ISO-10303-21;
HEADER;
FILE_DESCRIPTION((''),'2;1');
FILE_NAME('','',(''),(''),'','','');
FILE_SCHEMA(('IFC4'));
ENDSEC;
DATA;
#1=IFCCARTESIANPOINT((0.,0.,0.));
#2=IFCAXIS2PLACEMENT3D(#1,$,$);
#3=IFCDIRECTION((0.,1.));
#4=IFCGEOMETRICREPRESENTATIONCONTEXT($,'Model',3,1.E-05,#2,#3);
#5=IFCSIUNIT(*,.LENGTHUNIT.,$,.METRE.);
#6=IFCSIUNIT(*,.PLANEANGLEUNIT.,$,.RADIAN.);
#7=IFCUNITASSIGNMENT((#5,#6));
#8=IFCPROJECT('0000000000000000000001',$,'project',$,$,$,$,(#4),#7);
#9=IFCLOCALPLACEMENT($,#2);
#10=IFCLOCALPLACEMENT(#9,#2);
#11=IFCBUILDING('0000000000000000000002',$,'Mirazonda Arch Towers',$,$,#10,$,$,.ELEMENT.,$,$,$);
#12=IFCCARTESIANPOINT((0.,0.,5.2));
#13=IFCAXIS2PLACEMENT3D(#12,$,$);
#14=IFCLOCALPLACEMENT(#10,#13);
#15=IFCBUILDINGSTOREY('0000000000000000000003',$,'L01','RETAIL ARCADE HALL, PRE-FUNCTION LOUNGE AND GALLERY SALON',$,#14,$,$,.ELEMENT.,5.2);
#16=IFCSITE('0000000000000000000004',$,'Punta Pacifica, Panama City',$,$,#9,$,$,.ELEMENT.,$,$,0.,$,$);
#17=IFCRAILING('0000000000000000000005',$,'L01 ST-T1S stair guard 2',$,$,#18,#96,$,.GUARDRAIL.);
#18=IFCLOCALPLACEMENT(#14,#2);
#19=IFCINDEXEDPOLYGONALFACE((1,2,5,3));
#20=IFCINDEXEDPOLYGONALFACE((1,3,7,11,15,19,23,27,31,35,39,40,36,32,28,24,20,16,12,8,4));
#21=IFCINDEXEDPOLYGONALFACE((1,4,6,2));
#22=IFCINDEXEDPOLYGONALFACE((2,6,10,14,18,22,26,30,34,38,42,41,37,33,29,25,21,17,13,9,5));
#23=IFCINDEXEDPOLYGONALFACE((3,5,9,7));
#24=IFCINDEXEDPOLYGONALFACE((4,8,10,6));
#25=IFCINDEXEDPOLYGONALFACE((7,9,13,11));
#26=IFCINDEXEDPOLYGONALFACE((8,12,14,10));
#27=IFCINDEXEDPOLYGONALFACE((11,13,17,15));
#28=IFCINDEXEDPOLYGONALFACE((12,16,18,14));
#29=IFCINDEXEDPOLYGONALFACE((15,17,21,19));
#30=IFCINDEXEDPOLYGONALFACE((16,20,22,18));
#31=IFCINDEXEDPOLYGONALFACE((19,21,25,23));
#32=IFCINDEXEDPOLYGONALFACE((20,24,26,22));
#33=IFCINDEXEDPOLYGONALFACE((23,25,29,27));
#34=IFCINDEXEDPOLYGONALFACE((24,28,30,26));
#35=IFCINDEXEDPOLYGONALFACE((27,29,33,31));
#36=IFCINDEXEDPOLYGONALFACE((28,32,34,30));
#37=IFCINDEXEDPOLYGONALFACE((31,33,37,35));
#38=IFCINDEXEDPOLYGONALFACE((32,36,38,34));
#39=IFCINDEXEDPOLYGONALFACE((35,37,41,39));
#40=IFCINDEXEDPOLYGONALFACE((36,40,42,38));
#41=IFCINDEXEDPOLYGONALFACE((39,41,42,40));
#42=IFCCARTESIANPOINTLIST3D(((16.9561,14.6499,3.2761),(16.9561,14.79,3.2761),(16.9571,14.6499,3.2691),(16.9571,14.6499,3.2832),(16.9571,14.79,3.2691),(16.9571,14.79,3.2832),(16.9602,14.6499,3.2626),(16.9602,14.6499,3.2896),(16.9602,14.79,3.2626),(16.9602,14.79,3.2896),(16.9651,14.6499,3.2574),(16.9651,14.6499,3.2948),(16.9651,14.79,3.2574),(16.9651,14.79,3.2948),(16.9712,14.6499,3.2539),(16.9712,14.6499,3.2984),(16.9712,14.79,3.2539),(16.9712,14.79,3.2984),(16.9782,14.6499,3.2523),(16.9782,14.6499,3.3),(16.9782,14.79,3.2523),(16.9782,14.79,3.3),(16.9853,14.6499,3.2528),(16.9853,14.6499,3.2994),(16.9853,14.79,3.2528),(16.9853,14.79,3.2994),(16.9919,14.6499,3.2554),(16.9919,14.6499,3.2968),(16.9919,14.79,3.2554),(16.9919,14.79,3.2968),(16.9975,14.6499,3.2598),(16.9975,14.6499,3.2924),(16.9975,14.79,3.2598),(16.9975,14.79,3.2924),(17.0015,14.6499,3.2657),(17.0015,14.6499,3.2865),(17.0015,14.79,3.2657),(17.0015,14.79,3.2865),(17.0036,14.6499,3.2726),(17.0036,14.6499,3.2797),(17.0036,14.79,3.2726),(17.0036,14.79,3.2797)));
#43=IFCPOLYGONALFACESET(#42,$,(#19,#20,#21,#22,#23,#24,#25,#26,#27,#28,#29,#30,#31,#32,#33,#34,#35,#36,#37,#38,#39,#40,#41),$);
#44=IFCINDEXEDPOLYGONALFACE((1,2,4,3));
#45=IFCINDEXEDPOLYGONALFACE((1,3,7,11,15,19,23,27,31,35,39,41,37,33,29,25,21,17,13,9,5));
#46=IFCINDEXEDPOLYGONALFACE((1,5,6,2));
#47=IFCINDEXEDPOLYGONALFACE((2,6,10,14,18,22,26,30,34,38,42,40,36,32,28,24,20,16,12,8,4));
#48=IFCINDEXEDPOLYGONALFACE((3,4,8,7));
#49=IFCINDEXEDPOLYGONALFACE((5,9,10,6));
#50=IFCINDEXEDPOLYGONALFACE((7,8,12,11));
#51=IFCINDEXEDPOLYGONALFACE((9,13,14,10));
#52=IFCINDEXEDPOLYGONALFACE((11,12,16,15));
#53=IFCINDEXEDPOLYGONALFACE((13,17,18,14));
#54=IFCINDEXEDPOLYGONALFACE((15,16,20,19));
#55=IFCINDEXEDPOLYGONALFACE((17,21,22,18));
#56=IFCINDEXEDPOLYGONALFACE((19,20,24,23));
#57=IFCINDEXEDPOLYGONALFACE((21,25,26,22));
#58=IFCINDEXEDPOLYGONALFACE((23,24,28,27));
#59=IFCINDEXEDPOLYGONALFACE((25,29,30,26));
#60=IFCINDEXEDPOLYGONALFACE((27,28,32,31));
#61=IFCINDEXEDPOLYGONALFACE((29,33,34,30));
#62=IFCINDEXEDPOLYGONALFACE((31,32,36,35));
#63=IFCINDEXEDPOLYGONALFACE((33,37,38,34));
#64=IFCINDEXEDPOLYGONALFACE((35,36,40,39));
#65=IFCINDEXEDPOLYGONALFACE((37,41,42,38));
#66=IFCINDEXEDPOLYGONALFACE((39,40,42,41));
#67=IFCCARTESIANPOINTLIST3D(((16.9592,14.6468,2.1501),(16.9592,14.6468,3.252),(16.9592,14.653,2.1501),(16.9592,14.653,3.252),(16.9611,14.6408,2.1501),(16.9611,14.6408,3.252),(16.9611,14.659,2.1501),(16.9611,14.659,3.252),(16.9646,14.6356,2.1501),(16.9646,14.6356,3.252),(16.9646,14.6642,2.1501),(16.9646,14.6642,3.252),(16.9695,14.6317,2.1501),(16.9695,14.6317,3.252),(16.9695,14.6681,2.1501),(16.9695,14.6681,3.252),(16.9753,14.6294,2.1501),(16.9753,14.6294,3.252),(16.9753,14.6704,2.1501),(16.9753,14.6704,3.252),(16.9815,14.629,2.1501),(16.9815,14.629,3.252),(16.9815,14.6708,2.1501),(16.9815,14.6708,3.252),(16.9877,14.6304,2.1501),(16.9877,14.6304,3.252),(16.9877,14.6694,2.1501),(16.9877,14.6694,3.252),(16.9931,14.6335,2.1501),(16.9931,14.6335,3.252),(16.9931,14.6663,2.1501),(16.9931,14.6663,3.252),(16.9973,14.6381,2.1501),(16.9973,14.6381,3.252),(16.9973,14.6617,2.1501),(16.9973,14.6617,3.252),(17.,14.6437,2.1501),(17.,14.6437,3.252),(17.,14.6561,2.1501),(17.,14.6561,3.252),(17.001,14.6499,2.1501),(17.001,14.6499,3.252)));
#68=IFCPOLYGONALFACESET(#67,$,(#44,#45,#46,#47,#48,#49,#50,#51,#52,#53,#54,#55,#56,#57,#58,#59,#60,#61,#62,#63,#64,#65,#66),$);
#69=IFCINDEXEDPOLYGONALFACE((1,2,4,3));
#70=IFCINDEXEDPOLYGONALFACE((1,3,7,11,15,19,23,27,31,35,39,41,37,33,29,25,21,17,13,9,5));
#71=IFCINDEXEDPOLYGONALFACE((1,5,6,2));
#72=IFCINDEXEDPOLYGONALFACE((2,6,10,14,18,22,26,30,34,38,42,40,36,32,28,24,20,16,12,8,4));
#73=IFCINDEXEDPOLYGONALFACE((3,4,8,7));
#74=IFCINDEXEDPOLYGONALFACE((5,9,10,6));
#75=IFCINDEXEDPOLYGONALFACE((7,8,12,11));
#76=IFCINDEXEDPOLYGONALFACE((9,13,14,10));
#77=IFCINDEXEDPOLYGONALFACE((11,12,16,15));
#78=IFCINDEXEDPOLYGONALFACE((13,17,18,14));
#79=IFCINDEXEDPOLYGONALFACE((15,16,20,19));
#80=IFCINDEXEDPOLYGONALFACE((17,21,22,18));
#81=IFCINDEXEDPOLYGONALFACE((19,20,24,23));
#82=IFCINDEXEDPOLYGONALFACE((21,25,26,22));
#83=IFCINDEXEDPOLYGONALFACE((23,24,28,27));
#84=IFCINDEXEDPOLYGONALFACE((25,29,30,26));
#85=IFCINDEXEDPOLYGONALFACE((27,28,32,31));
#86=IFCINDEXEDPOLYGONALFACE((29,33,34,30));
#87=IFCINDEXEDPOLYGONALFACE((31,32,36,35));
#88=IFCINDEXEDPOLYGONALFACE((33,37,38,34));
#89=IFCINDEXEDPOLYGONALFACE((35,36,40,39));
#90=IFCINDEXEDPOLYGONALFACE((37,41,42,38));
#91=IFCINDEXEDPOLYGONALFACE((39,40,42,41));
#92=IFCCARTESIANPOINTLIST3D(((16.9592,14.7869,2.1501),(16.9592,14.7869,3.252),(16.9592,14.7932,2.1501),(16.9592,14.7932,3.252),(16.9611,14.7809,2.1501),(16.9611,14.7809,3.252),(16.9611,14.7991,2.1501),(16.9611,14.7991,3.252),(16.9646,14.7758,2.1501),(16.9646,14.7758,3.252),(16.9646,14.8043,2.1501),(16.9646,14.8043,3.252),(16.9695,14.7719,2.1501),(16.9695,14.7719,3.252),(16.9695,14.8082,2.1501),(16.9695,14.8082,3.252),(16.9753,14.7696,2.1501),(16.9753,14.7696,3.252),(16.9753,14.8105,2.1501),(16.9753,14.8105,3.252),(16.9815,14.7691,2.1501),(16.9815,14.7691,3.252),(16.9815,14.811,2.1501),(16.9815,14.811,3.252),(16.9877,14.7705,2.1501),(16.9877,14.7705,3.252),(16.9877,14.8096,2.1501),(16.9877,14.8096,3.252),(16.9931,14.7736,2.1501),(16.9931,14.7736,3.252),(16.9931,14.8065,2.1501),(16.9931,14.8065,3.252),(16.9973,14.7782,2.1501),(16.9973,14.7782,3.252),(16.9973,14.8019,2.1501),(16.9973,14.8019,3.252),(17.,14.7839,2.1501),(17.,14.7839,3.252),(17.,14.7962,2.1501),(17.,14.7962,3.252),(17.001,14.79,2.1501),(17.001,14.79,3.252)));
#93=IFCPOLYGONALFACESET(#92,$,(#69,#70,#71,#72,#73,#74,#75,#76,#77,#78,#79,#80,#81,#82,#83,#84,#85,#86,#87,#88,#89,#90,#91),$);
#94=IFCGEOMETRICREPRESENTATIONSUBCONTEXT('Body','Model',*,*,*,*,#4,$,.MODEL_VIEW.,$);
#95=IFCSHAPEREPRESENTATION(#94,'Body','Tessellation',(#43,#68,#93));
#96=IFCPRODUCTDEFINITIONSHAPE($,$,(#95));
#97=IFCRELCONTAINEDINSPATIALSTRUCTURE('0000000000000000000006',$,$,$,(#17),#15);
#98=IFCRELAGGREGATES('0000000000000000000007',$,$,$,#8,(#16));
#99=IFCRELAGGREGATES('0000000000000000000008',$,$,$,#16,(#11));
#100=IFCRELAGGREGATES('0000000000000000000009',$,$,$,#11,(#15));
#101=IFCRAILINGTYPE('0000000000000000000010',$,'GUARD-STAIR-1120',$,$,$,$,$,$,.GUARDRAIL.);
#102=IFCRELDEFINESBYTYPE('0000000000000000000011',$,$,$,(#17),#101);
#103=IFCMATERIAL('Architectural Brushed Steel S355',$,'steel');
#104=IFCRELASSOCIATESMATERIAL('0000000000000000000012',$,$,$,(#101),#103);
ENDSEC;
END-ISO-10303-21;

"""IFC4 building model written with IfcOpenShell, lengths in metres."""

from ifc_helpers import new_model, si_unit, direction, frame, origin, origin_2d, place, context, subcontext, project, spatial, circle, extrude, material, type_object, element, save


model = new_model("IFC4")

# Units and contexts
model_context = context("Model", 3, precision=1e-05, world=origin(), true_north=direction((0.0, 1.0)))
body_context = subcontext(model_context, "Body", "Model", "MODEL_VIEW")
ifc_project = project(units=[si_unit("LENGTHUNIT", "METRE"), si_unit("PLANEANGLEUNIT", "RADIAN")], contexts=[model_context])

# Site, building, storey
site_placement = place(None, origin())
site = spatial("IfcSite", under=ifc_project, at=site_placement, Name="Punta Pacifica, Panama City", CompositionType="ELEMENT", RefElevation=0.0)
building_placement = place(site_placement, origin())
building = spatial("IfcBuilding", under=site, at=building_placement, Name="Mirazonda Arch Towers", CompositionType="ELEMENT")
storey_placement = place(building_placement, frame((0.0, 0.0, 5.2)))
storey = spatial("IfcBuildingStorey", under=building, at=storey_placement, Name="L01", Description="RETAIL ARCADE HALL, PRE-FUNCTION LOUNGE AND GALLERY SALON", CompositionType="ELEMENT", Elevation=5.2)

# Shared definitions
ifc_material_1 = material(Name="Architectural Brushed Steel S355", Category="steel")

# Railing
railing_type_1 = type_object("IfcRailingType", Name="GUARD-STAIR-1120", PredefinedType="GUARDRAIL", material=ifc_material_1)
railing_1_placement = place(storey_placement, frame((16.98, 14.6499, 2.1501)))
element("IfcRailing", 1, at=railing_1_placement, inside=storey, type_object=railing_type_1, Name="L01 ST-T1S stair guard 2", PredefinedType="GUARDRAIL", context=body_context, shape_type="SweptSolid", body=[
    extrude(circle(Radius=0.0239, at=origin_2d()), frame((0.0, 0.0, 1.126), z_axis=(0.0, 1.0, 0.0), x_axis=(-1.0, 0.0, 0.0)), (0.0, 0.0, 1.0), 0.1401),
    extrude(circle(Radius=0.021, at=origin_2d()), origin(), (0.0, 0.0, 1.0), 1.1018),
    extrude(circle(Radius=0.021, at=origin_2d()), frame((0.0, 0.1401, 0.0)), (0.0, 0.0, 1.0), 1.1018),
])

save(model, "model.ifc")
